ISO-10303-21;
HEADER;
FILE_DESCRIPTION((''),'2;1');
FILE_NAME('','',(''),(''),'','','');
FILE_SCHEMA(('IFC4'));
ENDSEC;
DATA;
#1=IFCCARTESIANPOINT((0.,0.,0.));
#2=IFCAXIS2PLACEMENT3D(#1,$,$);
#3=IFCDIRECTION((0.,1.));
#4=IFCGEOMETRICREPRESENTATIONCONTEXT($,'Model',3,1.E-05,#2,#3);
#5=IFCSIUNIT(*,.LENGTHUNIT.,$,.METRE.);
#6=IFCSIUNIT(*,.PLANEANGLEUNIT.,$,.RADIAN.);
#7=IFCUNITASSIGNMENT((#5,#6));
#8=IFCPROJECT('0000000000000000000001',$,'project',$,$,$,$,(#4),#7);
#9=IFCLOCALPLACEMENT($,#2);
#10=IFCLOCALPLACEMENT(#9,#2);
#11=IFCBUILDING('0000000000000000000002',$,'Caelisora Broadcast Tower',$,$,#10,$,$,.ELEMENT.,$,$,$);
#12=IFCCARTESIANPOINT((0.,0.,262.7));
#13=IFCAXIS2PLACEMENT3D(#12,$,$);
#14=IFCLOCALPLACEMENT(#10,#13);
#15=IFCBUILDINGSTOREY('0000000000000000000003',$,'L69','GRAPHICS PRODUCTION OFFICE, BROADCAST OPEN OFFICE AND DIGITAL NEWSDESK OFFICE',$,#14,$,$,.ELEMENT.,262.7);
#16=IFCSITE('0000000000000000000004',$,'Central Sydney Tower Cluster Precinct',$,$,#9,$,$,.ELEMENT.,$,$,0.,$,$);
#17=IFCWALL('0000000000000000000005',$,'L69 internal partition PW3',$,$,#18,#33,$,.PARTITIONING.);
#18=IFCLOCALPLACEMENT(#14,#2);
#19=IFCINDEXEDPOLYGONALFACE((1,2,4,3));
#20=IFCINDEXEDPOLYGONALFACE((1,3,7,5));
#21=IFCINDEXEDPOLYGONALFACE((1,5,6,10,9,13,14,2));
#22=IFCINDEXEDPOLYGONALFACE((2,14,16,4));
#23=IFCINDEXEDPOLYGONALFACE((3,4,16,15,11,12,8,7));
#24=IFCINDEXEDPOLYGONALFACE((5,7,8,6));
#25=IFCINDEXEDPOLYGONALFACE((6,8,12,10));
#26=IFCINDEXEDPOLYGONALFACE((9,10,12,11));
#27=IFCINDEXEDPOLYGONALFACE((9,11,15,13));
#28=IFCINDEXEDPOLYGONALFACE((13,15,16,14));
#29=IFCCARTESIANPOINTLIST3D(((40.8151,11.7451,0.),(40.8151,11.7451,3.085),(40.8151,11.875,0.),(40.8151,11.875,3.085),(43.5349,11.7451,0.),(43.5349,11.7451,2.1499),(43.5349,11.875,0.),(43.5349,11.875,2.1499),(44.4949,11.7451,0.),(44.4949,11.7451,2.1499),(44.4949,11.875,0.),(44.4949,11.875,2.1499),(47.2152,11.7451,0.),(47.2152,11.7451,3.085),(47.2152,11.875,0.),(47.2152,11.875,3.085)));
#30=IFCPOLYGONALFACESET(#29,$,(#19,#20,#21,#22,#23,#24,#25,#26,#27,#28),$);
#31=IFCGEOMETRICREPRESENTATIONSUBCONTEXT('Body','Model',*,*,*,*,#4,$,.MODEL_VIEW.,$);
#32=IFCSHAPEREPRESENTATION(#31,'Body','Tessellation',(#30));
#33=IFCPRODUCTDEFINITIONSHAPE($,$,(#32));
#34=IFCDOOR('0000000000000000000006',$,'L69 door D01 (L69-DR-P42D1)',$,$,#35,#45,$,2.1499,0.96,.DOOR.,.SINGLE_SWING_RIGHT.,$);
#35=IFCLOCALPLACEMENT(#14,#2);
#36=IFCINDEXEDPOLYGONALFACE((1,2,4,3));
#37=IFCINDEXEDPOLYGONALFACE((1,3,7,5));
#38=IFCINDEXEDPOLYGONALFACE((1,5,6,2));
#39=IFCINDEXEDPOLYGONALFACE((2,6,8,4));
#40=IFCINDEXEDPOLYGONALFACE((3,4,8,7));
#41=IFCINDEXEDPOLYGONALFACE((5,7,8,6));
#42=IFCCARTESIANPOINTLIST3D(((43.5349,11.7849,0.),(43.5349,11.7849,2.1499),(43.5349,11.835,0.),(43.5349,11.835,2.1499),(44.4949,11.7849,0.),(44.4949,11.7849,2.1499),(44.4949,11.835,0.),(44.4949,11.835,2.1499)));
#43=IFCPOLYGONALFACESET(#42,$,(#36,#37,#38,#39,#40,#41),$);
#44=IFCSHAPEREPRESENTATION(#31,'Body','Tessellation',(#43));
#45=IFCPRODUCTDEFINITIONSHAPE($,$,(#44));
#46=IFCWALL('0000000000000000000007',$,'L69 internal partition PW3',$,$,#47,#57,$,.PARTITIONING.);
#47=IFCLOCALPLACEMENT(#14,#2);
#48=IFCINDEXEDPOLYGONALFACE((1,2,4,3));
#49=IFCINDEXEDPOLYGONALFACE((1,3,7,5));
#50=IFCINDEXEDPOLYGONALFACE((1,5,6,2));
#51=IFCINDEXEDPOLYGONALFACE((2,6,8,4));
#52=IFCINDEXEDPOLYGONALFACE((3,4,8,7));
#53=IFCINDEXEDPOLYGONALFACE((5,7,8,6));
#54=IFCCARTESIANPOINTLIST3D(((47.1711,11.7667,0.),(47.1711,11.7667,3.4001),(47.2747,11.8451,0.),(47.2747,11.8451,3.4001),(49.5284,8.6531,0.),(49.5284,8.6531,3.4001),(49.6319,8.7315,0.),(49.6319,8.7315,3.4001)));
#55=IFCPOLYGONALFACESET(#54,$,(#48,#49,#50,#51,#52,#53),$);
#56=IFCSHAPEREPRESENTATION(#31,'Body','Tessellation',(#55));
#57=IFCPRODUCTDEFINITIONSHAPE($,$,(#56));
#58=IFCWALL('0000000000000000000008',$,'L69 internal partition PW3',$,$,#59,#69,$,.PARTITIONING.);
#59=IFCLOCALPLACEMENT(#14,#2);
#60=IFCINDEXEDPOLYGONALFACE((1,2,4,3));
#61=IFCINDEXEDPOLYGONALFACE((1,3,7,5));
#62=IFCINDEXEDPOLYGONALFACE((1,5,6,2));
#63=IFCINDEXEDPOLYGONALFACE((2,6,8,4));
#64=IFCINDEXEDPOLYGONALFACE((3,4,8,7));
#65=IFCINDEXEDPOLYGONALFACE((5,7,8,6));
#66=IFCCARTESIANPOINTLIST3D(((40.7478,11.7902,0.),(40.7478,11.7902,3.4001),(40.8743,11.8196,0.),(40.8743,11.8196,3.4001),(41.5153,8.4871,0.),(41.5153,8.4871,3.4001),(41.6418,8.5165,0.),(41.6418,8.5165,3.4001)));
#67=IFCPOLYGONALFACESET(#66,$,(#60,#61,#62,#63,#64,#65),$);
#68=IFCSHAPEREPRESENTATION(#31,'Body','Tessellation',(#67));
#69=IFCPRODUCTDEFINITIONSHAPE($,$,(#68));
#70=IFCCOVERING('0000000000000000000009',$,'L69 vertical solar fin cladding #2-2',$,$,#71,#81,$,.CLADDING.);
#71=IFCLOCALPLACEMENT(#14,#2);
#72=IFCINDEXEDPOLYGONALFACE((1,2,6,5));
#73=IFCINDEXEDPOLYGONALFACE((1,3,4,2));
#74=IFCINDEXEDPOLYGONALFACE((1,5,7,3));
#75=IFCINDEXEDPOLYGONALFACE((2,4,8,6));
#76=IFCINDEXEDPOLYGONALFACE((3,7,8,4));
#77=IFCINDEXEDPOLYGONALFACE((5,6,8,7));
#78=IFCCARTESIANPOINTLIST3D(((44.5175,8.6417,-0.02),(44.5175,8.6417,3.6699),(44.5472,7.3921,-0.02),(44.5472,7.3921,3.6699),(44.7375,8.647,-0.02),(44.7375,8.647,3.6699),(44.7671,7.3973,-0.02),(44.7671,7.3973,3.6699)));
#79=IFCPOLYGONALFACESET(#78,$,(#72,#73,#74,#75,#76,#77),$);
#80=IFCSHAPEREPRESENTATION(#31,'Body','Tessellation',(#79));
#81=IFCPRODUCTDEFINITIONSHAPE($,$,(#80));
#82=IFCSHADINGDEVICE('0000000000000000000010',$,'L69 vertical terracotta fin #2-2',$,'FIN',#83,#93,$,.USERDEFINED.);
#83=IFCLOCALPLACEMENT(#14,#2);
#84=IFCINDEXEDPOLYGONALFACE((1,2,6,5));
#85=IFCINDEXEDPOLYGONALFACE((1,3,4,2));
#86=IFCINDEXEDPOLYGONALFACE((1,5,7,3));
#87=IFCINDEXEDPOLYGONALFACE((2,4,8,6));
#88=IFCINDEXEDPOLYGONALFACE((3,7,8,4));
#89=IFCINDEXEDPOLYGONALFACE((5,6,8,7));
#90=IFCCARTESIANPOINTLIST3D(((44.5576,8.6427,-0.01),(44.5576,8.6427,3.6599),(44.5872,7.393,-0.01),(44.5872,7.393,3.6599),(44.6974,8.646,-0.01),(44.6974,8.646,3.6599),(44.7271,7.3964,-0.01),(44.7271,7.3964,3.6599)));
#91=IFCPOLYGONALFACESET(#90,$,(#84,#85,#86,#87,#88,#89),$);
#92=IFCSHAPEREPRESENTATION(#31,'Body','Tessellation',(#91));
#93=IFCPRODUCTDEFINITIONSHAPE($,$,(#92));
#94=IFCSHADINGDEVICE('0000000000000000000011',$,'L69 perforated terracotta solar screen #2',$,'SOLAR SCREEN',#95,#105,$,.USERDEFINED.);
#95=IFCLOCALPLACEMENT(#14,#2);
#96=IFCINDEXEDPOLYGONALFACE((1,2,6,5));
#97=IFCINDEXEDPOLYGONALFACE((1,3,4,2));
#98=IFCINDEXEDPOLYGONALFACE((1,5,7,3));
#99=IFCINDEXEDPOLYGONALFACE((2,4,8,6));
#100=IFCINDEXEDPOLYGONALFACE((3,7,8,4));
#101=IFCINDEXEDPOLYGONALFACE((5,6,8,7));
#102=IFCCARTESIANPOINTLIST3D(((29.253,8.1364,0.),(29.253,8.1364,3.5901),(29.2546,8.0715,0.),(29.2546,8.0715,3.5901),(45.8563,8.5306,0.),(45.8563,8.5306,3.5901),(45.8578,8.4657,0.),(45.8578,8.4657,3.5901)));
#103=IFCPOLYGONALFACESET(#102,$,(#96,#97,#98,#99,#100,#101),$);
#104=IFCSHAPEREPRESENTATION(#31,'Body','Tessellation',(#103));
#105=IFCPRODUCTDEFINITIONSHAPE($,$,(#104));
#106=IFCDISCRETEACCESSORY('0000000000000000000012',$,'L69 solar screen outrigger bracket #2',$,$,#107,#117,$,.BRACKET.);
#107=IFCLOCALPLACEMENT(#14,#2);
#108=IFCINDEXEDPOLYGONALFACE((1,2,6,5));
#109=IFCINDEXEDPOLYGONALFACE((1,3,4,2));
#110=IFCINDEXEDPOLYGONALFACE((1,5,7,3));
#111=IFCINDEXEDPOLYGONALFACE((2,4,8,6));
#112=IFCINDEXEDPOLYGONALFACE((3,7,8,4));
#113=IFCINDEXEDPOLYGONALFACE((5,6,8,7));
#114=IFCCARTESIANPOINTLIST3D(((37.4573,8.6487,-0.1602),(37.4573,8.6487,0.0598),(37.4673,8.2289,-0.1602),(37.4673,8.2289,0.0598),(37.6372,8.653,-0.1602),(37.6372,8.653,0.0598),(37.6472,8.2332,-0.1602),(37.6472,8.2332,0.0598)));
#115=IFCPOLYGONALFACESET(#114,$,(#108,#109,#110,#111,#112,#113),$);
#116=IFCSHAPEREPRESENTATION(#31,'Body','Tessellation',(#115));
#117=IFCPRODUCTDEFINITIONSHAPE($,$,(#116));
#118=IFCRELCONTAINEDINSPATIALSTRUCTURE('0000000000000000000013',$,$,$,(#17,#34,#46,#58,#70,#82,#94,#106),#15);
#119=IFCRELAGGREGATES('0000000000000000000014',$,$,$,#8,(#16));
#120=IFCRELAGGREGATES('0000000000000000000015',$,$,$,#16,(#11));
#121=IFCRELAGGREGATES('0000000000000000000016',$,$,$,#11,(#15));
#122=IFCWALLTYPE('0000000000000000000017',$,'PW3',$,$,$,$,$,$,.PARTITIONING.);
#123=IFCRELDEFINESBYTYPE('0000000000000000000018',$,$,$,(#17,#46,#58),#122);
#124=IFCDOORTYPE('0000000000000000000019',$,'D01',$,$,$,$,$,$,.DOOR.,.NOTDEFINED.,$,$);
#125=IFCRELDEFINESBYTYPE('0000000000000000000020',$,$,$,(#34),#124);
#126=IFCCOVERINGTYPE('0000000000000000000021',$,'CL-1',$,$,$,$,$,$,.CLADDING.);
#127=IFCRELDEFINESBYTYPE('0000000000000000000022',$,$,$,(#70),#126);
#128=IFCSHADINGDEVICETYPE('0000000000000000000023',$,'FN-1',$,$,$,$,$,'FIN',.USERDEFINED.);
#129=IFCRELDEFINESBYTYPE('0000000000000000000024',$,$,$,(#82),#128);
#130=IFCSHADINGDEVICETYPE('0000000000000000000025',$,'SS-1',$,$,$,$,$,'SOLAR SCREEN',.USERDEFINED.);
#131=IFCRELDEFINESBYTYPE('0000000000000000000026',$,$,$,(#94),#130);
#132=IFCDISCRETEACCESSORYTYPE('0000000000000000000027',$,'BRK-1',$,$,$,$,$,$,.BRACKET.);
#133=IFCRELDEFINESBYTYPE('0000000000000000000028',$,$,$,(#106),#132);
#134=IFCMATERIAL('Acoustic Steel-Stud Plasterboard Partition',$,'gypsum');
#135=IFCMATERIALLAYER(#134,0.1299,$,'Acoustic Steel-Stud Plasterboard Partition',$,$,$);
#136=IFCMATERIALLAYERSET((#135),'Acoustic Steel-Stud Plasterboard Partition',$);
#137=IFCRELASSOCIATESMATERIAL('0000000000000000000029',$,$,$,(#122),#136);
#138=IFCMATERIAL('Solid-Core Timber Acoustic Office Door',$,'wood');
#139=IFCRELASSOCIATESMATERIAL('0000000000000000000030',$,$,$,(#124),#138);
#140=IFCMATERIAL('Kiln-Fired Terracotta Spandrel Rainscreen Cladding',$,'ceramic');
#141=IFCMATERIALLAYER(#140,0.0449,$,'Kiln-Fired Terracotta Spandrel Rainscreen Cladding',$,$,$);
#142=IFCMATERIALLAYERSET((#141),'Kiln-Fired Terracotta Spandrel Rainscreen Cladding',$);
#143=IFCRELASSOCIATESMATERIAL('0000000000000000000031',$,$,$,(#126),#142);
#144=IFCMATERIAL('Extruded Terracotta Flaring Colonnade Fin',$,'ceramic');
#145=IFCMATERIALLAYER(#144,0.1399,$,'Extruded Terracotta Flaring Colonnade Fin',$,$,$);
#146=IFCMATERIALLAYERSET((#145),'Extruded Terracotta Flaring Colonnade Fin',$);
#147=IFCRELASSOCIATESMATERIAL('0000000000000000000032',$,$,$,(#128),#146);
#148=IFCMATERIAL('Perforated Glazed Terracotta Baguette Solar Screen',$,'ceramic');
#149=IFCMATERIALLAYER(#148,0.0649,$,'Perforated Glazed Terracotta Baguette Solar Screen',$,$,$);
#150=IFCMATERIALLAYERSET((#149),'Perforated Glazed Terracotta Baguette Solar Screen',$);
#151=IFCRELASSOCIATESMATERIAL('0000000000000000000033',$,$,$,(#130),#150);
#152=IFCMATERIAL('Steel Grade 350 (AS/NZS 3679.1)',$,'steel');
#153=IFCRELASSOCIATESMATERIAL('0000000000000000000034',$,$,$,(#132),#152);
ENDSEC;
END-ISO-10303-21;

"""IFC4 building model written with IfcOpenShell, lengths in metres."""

from ifc_helpers import new_model, si_unit, direction, frame, frame_2d, origin, origin_2d, place, context, subcontext, project, spatial, rectangle, extrude, source, transform, mapped, material, layer, layer_set, type_object, type_shapes, element, fill, save


model = new_model("IFC4")

# Units and contexts
model_context = context("Model", 3, precision=1e-05, world=origin(), true_north=direction((0.0, 1.0)))
body_context = subcontext(model_context, "Body", "Model", "MODEL_VIEW")
ifc_project = project(units=[si_unit("LENGTHUNIT", "METRE"), si_unit("PLANEANGLEUNIT", "RADIAN")], contexts=[model_context])

# Site, building, storey
site_placement = place(None, origin())
site = spatial("IfcSite", under=ifc_project, at=site_placement, Name="Central Sydney Tower Cluster Precinct", CompositionType="ELEMENT", RefElevation=0.0)
building_placement = place(site_placement, origin())
building = spatial("IfcBuilding", under=site, at=building_placement, Name="Caelisora Broadcast Tower", CompositionType="ELEMENT")
storey_placement = place(building_placement, frame((0.0, 0.0, 262.7)))
storey = spatial("IfcBuildingStorey", under=building, at=storey_placement, Name="L69", Description="GRAPHICS PRODUCTION OFFICE, BROADCAST OPEN OFFICE AND DIGITAL NEWSDESK OFFICE", CompositionType="ELEMENT", Elevation=262.7)

# Shared definitions
ifc_material_1 = material(Name="Steel Grade 350 (AS/NZS 3679.1)", Category="steel")

# Wall, opening, door
ifc_material_2 = material(Name="Acoustic Steel-Stud Plasterboard Partition", Category="gypsum")
ifc_layer_1 = layer(ifc_material_2, 0.1299, Name="Acoustic Steel-Stud Plasterboard Partition")
ifc_layer_set_1 = layer_set([ifc_layer_1], Name="Acoustic Steel-Stud Plasterboard Partition")
wall_type = type_object("IfcWallType", Name="PW3", PredefinedType="PARTITIONING", material=ifc_layer_set_1)
wall_1_placement = place(storey_placement, frame((40.8149, 11.8101, 0.0), z_axis=(0.0, 0.0, 1.0), x_axis=(1.0, 0.0, 0.0)))
wall_1 = element("IfcWall", 1, at=wall_1_placement, inside=storey, type_object=wall_type, Name="L69 internal partition PW3", PredefinedType="PARTITIONING", context=body_context, shape_type="SweptSolid", body=[
    extrude(rectangle(XDim=6.4001, YDim=0.1299, at=frame_2d((3.2002, 0.0))), origin(), (0.0, 0.0, 1.0), 3.085),
])
opening_placement = place(wall_1_placement, frame((2.72, 0.0, 0.0)))
opening = element("IfcOpeningElement", 2, at=opening_placement, cuts=wall_1, PredefinedType="OPENING", context=body_context, shape_type="SweptSolid", body=[
    extrude(rectangle(XDim=0.96, YDim=2.1499, at=frame_2d((0.48, 1.075))), frame((0.0, 0.0769, 0.0), z_axis=(0.0, -1.0, 0.0), x_axis=(1.0, 0.0, 0.0)), (0.0, 0.0, 1.0), 0.1538),
])
ifc_material_3 = material(Name="Solid-Core Timber Acoustic Office Door", Category="wood")
door_type = type_object("IfcDoorType", Name="D01", OperationType="NOTDEFINED", PredefinedType="DOOR", material=ifc_material_3)
door_placement = place(opening_placement, origin())
door = element("IfcDoor", 3, at=door_placement, inside=storey, type_object=door_type, Name="L69 door D01 (L69-DR-P42D1)", OperationType="SINGLE_SWING_RIGHT", OverallHeight=2.1499, OverallWidth=0.96, PredefinedType="DOOR", context=body_context, shape_type="SweptSolid", body=[
    extrude(rectangle(XDim=0.96, YDim=2.1499, at=frame_2d((0.48, 1.075))), frame((0.0, 0.0249, 0.0), z_axis=(0.0, -1.0, 0.0), x_axis=(1.0, 0.0, 0.0)), (0.0, 0.0, 1.0), 0.05),
])
fill(opening, door)

# Walls
wall_2_placement = place(storey_placement, frame((47.2229, 11.8059, 0.0), z_axis=(0.0, 0.0, 1.0), x_axis=(0.603605, -0.797284, 0.0)))
element("IfcWall", 4, at=wall_2_placement, inside=storey, type_object=wall_type, Name="L69 internal partition PW3", PredefinedType="PARTITIONING", context=body_context, shape_type="SweptSolid", body=[
    extrude(rectangle(XDim=3.9053, YDim=0.1299, at=frame_2d((1.9526, 0.0))), origin(), (0.0, 0.0, 1.0), 3.4001),
])
wall_3_placement = place(storey_placement, frame((40.811, 11.8049, 0.0), z_axis=(0.0, 0.0, 1.0), x_axis=(0.226342, -0.974048, 0.0)))
element("IfcWall", 5, at=wall_3_placement, inside=storey, type_object=wall_type, Name="L69 internal partition PW3", PredefinedType="PARTITIONING", context=body_context, shape_type="SweptSolid", body=[
    extrude(rectangle(XDim=3.3911, YDim=0.1299, at=frame_2d((1.6956, 0.0))), origin(), (0.0, 0.0, 1.0), 3.4001),
])

# Covering
ifc_material_4 = material(Name="Kiln-Fired Terracotta Spandrel Rainscreen Cladding", Category="ceramic")
ifc_layer_2 = layer(ifc_material_4, 0.0449, Name="Kiln-Fired Terracotta Spandrel Rainscreen Cladding")
ifc_layer_set_2 = layer_set([ifc_layer_2], Name="Kiln-Fired Terracotta Spandrel Rainscreen Cladding")
covering_type = type_object("IfcCoveringType", Name="CL-1", PredefinedType="CLADDING", material=ifc_layer_set_2)
shared_shape_1 = source(origin(), body_context, "Body", "SweptSolid", [
    extrude(rectangle(XDim=0.22, YDim=1.25, at=origin_2d()), origin(), (0.0, 0.0, 1.0), 3.6899),
])
type_shapes(covering_type, [shared_shape_1])
covering_placement = place(storey_placement, frame((44.6423, 8.0195, -0.02), z_axis=(0.0, 0.0, 1.0), x_axis=(-0.999718, -0.023734, 0.0)))
element("IfcCovering", 6, at=covering_placement, inside=storey, type_object=covering_type, Name="L69 vertical solar fin cladding #2-2", PredefinedType="CLADDING", context=body_context, shape_type="MappedRepresentation", body=[
    mapped(shared_shape_1, transform((0.0, 0.0, 0.0), scale=1.0)),
])

# Shading devices
ifc_material_5 = material(Name="Extruded Terracotta Flaring Colonnade Fin", Category="ceramic")
ifc_layer_3 = layer(ifc_material_5, 0.1399, Name="Extruded Terracotta Flaring Colonnade Fin")
ifc_layer_set_3 = layer_set([ifc_layer_3], Name="Extruded Terracotta Flaring Colonnade Fin")
shading_device_type_1 = type_object("IfcShadingDeviceType", Name="FN-1", ElementType="FIN", PredefinedType="USERDEFINED", material=ifc_layer_set_3)
shared_shape_2 = source(origin(), body_context, "Body", "SweptSolid", [
    extrude(rectangle(XDim=0.1399, YDim=1.25, at=origin_2d()), origin(), (0.0, 0.0, 1.0), 3.6699),
])
type_shapes(shading_device_type_1, [shared_shape_2])
shading_device_1_placement = place(storey_placement, frame((44.6423, 8.0195, -0.01), z_axis=(0.0, 0.0, 1.0), x_axis=(-0.999718, -0.023734, 0.0)))
element("IfcShadingDevice", 7, at=shading_device_1_placement, inside=storey, type_object=shading_device_type_1, Name="L69 vertical terracotta fin #2-2", ObjectType="FIN", PredefinedType="USERDEFINED", context=body_context, shape_type="MappedRepresentation", body=[
    mapped(shared_shape_2, transform((0.0, 0.0, 0.0), scale=1.0)),
])
ifc_material_6 = material(Name="Perforated Glazed Terracotta Baguette Solar Screen", Category="ceramic")
ifc_layer_4 = layer(ifc_material_6, 0.0649, Name="Perforated Glazed Terracotta Baguette Solar Screen")
ifc_layer_set_4 = layer_set([ifc_layer_4], Name="Perforated Glazed Terracotta Baguette Solar Screen")
shading_device_type_2 = type_object("IfcShadingDeviceType", Name="SS-1", ElementType="SOLAR SCREEN", PredefinedType="USERDEFINED", material=ifc_layer_set_4)
shared_shape_3 = source(origin(), body_context, "Body", "SweptSolid", [
    extrude(rectangle(XDim=16.6079, YDim=0.0649, at=origin_2d()), origin(), (0.0, 0.0, 1.0), 3.5901),
])
type_shapes(shading_device_type_2, [shared_shape_3])
shading_device_2_placement = place(storey_placement, frame((37.5554, 8.301, 0.0), z_axis=(0.0, 0.0, 1.0), x_axis=(0.999718, 0.023734, 0.0)))
element("IfcShadingDevice", 8, at=shading_device_2_placement, inside=storey, type_object=shading_device_type_2, Name="L69 perforated terracotta solar screen #2", ObjectType="SOLAR SCREEN", PredefinedType="USERDEFINED", context=body_context, shape_type="MappedRepresentation", body=[
    mapped(shared_shape_3, transform((0.0, 0.0, 0.0), scale=1.0)),
])

# Discrete accessory
discrete_accessory_type = type_object("IfcDiscreteAccessoryType", Name="BRK-1", PredefinedType="BRACKET", material=ifc_material_1)
shared_shape_4 = source(origin(), body_context, "Body", "SweptSolid", [
    extrude(rectangle(XDim=0.1799, YDim=0.4199, at=origin_2d()), origin(), (0.0, 0.0, 1.0), 0.22),
])
type_shapes(discrete_accessory_type, [shared_shape_4])
discrete_accessory_placement = place(storey_placement, frame((37.5522, 8.4409, -0.1602), z_axis=(0.0, 0.0, 1.0), x_axis=(0.999718, 0.023734, 0.0)))
element("IfcDiscreteAccessory", 9, at=discrete_accessory_placement, inside=storey, type_object=discrete_accessory_type, Name="L69 solar screen outrigger bracket #2", PredefinedType="BRACKET", context=body_context, shape_type="MappedRepresentation", body=[
    mapped(shared_shape_4, transform((0.0, 0.0, 0.0), scale=1.0)),
])

save(model, "model.ifc")
